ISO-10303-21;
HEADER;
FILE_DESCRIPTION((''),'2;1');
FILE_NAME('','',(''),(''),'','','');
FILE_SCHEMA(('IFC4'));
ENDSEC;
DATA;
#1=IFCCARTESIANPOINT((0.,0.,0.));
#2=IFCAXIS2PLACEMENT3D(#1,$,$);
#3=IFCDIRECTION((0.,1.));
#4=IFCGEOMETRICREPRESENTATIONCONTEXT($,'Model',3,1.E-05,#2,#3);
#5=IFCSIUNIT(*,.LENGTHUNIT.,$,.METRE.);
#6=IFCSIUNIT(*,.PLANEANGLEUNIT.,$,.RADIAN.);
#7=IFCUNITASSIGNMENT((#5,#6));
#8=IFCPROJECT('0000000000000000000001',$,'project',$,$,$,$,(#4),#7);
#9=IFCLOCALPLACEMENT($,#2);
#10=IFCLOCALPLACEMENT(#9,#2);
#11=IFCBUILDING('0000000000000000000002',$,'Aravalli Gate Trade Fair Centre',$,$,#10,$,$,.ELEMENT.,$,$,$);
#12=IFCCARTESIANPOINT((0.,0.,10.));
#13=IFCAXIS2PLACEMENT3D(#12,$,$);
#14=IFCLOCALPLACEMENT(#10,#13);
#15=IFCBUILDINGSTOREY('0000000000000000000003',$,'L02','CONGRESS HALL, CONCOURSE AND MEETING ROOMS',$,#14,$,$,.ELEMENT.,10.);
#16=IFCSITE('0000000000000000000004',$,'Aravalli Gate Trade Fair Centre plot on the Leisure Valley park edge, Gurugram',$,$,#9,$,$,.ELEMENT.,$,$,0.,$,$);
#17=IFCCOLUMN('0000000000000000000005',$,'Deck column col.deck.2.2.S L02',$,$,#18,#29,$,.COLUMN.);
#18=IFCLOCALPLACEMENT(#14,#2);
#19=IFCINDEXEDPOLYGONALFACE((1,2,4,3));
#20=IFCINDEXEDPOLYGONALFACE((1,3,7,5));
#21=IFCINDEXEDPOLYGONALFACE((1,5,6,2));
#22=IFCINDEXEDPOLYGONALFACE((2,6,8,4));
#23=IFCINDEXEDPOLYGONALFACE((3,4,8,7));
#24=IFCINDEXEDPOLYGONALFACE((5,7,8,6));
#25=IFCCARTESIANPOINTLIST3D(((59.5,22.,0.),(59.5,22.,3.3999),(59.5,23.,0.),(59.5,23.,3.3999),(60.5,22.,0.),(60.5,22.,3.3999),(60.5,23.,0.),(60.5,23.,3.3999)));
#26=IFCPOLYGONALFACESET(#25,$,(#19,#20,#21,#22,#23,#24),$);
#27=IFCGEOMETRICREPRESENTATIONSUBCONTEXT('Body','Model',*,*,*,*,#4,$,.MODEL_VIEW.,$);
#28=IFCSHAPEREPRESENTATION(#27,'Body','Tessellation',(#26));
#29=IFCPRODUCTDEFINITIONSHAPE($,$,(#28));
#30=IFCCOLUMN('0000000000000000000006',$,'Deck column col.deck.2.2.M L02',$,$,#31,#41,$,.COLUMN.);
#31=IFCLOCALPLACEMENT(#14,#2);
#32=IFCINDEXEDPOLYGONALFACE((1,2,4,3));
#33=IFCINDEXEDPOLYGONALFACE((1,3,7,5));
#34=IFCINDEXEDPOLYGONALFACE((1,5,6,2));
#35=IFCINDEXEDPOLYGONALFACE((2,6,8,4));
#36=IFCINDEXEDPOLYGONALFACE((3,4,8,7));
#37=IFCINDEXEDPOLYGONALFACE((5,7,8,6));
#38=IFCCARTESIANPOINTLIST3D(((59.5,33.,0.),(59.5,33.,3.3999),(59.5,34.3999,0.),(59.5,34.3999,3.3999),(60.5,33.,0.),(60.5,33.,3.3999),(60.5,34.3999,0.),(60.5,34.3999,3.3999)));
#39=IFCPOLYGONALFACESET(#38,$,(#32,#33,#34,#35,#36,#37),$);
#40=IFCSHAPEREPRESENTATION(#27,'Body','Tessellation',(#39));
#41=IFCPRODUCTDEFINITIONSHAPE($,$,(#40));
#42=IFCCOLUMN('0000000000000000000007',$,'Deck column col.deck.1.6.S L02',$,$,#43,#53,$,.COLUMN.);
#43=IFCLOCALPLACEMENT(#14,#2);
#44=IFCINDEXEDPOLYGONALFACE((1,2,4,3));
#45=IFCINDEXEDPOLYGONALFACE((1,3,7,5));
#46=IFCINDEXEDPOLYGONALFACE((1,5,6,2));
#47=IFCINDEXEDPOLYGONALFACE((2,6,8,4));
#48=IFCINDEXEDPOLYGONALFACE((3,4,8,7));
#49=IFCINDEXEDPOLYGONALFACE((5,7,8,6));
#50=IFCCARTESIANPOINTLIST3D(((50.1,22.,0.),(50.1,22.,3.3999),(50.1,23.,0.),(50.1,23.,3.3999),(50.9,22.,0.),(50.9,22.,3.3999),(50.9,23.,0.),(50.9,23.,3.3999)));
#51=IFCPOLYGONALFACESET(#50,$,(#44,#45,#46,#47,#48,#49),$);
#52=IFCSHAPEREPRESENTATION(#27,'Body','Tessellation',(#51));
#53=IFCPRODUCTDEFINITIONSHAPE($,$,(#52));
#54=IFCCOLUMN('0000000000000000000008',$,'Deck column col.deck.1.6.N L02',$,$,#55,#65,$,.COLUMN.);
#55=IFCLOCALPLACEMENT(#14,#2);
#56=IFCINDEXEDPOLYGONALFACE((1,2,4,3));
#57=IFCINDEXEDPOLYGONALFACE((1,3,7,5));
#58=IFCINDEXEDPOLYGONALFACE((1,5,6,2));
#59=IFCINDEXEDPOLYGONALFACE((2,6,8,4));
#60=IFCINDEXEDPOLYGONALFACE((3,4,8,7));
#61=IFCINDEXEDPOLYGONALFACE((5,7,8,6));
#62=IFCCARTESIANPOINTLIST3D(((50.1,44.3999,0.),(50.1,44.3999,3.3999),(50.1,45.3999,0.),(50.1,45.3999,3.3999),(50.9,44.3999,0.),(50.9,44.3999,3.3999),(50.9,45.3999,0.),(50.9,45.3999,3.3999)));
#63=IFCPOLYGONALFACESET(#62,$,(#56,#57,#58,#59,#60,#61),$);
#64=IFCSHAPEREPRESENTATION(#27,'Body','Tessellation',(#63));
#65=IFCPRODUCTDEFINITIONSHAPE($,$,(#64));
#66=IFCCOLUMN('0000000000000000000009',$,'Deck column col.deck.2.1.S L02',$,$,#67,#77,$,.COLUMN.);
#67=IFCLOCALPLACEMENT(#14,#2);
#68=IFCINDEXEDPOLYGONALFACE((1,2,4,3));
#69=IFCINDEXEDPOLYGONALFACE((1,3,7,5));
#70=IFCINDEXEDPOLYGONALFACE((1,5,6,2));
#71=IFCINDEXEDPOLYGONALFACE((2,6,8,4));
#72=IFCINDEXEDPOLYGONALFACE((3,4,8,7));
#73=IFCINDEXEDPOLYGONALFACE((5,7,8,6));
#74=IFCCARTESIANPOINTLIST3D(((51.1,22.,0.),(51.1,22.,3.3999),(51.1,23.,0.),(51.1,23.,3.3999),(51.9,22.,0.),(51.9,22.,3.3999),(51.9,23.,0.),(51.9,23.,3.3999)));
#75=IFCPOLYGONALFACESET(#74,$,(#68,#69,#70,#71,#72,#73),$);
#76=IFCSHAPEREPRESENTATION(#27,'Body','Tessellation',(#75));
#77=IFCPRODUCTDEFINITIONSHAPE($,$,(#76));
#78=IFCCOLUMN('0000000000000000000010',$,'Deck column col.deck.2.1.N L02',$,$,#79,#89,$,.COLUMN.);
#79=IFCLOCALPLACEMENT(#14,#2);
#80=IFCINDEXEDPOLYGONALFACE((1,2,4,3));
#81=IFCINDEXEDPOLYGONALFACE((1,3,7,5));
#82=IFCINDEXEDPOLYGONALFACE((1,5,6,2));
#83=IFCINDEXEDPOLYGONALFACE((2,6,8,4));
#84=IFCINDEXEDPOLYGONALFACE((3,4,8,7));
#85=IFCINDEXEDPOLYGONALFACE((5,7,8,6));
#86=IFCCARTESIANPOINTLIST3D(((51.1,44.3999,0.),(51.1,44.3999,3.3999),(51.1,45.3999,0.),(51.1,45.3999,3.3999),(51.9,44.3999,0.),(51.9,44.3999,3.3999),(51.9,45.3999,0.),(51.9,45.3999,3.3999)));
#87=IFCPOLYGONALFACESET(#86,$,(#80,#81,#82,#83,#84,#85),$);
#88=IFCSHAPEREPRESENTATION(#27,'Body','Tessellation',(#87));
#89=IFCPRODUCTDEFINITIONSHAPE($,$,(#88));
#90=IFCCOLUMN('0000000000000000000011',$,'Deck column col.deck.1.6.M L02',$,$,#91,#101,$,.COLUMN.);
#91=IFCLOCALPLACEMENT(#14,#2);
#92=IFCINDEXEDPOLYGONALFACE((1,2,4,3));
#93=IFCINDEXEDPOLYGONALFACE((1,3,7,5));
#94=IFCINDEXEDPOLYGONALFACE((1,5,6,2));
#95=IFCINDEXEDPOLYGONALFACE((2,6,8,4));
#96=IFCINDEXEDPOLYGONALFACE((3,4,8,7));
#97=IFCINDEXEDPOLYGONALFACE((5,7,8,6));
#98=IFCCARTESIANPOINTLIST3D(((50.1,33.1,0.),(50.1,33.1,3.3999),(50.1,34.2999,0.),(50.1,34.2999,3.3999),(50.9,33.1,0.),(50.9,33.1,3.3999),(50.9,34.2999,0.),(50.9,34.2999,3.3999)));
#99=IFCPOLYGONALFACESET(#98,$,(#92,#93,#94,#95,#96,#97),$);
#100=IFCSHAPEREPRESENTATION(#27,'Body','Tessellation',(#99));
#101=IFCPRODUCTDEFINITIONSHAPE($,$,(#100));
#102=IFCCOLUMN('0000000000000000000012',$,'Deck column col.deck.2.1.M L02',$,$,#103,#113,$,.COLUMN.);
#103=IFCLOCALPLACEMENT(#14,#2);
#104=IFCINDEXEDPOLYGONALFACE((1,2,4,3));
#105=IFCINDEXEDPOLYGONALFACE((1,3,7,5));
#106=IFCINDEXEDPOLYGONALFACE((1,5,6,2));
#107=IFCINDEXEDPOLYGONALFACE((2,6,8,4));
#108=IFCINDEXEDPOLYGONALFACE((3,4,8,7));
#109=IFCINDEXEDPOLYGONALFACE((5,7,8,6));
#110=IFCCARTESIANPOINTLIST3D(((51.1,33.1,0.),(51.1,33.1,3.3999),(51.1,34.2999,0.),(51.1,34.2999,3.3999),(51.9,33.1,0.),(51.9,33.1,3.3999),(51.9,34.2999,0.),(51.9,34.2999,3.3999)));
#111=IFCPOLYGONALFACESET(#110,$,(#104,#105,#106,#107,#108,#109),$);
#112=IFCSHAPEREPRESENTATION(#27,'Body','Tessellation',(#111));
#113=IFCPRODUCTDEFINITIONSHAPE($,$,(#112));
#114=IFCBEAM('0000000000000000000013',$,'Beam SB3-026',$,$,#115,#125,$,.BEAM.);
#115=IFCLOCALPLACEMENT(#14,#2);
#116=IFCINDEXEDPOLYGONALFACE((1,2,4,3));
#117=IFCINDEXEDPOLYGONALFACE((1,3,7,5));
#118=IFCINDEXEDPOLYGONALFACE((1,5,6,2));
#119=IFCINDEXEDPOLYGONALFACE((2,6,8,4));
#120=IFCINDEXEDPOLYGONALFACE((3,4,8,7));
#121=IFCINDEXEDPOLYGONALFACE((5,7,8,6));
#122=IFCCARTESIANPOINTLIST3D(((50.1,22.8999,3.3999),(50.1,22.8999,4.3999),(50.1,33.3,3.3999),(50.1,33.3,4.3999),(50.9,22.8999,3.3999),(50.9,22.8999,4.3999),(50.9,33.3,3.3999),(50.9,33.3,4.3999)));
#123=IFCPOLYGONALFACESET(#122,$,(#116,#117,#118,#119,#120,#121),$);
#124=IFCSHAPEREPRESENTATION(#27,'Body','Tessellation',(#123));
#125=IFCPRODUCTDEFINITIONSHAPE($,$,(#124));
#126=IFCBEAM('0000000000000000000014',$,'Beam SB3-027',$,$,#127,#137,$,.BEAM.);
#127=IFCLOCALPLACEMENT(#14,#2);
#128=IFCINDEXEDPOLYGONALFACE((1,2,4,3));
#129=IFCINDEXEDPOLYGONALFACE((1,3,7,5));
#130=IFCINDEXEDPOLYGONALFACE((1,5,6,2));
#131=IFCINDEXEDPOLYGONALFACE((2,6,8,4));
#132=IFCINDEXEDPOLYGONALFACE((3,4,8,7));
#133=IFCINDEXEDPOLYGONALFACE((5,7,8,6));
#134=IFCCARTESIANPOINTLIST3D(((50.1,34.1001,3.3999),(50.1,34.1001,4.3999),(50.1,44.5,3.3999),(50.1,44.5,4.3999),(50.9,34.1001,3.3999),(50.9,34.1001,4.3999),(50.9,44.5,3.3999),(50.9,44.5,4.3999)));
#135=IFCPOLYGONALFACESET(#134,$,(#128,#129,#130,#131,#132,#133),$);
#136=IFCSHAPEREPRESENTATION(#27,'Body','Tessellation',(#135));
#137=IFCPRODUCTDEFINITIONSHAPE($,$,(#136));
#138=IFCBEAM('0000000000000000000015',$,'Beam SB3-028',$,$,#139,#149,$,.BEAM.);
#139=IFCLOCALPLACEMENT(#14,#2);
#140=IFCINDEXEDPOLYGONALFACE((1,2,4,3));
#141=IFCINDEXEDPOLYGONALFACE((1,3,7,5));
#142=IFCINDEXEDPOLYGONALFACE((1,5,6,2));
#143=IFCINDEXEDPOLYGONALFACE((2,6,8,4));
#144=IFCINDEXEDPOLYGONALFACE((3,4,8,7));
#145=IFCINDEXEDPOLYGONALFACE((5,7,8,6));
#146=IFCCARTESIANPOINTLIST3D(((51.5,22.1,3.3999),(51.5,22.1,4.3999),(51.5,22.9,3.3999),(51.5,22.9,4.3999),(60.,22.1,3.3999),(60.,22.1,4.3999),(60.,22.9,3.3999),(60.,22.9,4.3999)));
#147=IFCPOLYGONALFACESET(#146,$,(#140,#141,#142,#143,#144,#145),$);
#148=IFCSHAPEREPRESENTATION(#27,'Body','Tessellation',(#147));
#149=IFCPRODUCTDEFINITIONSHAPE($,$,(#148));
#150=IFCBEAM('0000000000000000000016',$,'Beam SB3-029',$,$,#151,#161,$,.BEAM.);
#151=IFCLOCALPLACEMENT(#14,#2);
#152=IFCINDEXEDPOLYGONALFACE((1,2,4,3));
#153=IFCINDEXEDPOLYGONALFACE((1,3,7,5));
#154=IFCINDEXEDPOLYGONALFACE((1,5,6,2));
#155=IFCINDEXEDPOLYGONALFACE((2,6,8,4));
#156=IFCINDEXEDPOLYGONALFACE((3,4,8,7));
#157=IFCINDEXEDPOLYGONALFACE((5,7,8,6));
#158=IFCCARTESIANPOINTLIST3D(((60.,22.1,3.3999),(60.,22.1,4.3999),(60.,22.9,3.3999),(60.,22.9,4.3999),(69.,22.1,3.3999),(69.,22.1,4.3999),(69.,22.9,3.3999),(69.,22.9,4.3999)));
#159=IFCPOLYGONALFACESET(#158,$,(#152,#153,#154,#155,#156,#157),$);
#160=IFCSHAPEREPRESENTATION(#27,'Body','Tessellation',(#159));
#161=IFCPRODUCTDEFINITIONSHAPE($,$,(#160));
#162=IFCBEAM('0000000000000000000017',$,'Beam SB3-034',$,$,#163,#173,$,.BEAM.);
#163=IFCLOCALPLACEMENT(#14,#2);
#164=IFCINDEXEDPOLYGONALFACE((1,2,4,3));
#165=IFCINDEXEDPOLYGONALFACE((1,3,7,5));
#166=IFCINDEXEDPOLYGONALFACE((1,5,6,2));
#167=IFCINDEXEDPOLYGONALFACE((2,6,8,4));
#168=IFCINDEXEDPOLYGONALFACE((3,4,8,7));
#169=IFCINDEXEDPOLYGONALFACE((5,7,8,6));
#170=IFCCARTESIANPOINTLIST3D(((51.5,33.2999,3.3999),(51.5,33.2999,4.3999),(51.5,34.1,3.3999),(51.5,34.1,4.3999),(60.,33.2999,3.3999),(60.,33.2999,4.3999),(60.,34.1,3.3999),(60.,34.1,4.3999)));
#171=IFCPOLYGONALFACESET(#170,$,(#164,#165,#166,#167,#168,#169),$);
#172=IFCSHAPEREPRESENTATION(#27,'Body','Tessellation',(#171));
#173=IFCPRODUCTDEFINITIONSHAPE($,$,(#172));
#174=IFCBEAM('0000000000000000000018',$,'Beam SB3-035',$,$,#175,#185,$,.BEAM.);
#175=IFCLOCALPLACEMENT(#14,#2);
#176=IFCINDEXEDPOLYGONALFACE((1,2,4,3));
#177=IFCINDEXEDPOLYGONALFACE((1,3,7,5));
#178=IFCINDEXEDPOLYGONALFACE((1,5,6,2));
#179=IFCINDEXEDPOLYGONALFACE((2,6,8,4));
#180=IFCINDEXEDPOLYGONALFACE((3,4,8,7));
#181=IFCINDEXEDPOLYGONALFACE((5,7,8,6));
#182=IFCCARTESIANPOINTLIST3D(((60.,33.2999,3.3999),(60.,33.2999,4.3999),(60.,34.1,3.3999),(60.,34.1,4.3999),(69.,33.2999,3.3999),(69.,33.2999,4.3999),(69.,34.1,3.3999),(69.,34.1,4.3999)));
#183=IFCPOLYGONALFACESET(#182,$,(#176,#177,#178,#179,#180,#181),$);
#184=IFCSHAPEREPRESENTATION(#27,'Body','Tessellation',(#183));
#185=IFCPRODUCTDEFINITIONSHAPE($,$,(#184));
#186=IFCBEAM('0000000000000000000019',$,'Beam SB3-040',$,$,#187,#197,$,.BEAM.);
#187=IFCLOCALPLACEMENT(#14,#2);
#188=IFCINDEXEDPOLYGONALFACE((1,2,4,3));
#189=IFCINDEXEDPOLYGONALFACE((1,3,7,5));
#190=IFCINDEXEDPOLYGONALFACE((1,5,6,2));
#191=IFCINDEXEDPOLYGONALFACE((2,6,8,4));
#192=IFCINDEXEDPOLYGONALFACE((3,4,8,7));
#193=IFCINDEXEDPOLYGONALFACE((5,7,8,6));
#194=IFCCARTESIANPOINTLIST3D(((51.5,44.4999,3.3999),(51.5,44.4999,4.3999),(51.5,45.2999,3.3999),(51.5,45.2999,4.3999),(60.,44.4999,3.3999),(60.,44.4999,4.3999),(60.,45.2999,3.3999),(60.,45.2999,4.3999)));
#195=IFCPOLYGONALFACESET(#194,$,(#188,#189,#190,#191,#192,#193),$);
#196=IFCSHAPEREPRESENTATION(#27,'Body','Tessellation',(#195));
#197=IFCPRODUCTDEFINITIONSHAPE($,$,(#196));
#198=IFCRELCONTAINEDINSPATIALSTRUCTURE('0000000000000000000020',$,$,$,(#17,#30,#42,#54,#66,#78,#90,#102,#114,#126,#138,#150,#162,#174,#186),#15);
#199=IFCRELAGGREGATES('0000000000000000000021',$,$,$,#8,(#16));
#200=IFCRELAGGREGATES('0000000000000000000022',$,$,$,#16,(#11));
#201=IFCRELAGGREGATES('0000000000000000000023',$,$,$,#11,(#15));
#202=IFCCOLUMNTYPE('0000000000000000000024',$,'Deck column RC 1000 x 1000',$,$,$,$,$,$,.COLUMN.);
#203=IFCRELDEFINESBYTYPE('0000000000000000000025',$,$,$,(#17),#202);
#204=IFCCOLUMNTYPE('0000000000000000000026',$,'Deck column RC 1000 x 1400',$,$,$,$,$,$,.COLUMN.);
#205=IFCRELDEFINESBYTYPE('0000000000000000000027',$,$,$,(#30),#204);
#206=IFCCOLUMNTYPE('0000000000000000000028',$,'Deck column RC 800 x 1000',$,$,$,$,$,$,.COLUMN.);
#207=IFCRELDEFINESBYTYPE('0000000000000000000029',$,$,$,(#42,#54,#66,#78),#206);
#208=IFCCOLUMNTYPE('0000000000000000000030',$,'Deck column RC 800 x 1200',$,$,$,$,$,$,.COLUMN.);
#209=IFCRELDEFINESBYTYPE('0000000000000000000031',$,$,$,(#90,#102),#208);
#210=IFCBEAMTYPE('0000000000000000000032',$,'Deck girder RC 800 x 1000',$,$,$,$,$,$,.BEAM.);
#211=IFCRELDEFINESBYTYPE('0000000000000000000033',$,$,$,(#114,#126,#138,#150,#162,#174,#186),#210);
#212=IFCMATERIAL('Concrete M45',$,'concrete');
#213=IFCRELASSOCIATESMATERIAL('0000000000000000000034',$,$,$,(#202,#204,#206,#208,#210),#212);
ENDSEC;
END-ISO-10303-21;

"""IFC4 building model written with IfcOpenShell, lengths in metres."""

from ifc_helpers import new_model, si_unit, direction, frame, origin, origin_2d, place, context, subcontext, project, spatial, rectangle, extrude, material, material_profile, profile_set, type_object, element, save


model = new_model("IFC4")

# Units and contexts
model_context = context("Model", 3, precision=1e-05, world=origin(), true_north=direction((0.0, 1.0)))
body_context = subcontext(model_context, "Body", "Model", "MODEL_VIEW")
ifc_project = project(units=[si_unit("LENGTHUNIT", "METRE"), si_unit("PLANEANGLEUNIT", "RADIAN")], contexts=[model_context])

# Site, building, storey
site_placement = place(None, origin())
site = spatial("IfcSite", under=ifc_project, at=site_placement, Name="Aravalli Gate Trade Fair Centre plot on the Leisure Valley park edge, Gurugram", CompositionType="ELEMENT", RefElevation=0.0)
building_placement = place(site_placement, origin())
building = spatial("IfcBuilding", under=site, at=building_placement, Name="Aravalli Gate Trade Fair Centre", CompositionType="ELEMENT")
storey_placement = place(building_placement, frame((0.0, 0.0, 10.0)))
storey = spatial("IfcBuildingStorey", under=building, at=storey_placement, Name="L02", Description="CONGRESS HALL, CONCOURSE AND MEETING ROOMS", CompositionType="ELEMENT", Elevation=10.0)

# Columns
ifc_material = material(Name="Concrete M45", Category="concrete")
ifc_material_profile_1 = material_profile(ifc_material, rectangle(XDim=1.0, YDim=1.0, at=origin_2d()), Name="Deck column RC 1000 x 1000")
ifc_profile_set_1 = profile_set([ifc_material_profile_1], Name="Concrete M45")
column_type_1 = type_object("IfcColumnType", Name="Deck column RC 1000 x 1000", PredefinedType="COLUMN", material=ifc_profile_set_1)
column_1_placement = place(storey_placement, frame((60.0, 22.5, 0.0), z_axis=(0.0, 0.0, 1.0), x_axis=(1.0, 0.0, 0.0)))
element("IfcColumn", 1, at=column_1_placement, inside=storey, type_object=column_type_1, Name="Deck column col.deck.2.2.S L02", PredefinedType="COLUMN", context=body_context, shape_type="SweptSolid", body=[
    extrude(rectangle(XDim=1.0, YDim=1.0, at=origin_2d()), origin(), (0.0, 0.0, 1.0), 3.3999),
])
ifc_material_profile_2 = material_profile(ifc_material, rectangle(XDim=1.0, YDim=1.3999, at=origin_2d()), Name="Deck column RC 1000 x 1400")
ifc_profile_set_2 = profile_set([ifc_material_profile_2], Name="Concrete M45")
column_type_2 = type_object("IfcColumnType", Name="Deck column RC 1000 x 1400", PredefinedType="COLUMN", material=ifc_profile_set_2)
column_2_placement = place(storey_placement, frame((60.0, 33.7, 0.0), z_axis=(0.0, 0.0, 1.0), x_axis=(1.0, 0.0, 0.0)))
element("IfcColumn", 2, at=column_2_placement, inside=storey, type_object=column_type_2, Name="Deck column col.deck.2.2.M L02", PredefinedType="COLUMN", context=body_context, shape_type="SweptSolid", body=[
    extrude(rectangle(XDim=1.0, YDim=1.3999, at=origin_2d()), origin(), (0.0, 0.0, 1.0), 3.3999),
])
ifc_material_profile_3 = material_profile(ifc_material, rectangle(XDim=0.8, YDim=1.0, at=origin_2d()), Name="Deck column RC 800 x 1000")
ifc_profile_set_3 = profile_set([ifc_material_profile_3], Name="Concrete M45")
column_type_3 = type_object("IfcColumnType", Name="Deck column RC 800 x 1000", PredefinedType="COLUMN", material=ifc_profile_set_3)
for number, where, z_axis, x_axis, name in (
    (3, (50.5, 22.5, 0.0), (0.0, 0.0, 1.0), (1.0, 0.0, 0.0), "Deck column col.deck.1.6.S L02"),
    (4, (50.5, 44.8999, 0.0), (0.0, 0.0, 1.0), (1.0, 0.0, 0.0), "Deck column col.deck.1.6.N L02"),
    (5, (51.5, 22.5, 0.0), (0.0, 0.0, 1.0), (1.0, 0.0, 0.0), "Deck column col.deck.2.1.S L02"),
    (6, (51.5, 44.8999, 0.0), (0.0, 0.0, 1.0), (1.0, 0.0, 0.0), "Deck column col.deck.2.1.N L02"),
):
    element("IfcColumn", number, at=place(storey_placement, frame(where, z_axis=z_axis, x_axis=x_axis)), inside=storey, type_object=column_type_3, Name=name, PredefinedType="COLUMN", context=body_context, shape_type="SweptSolid", body=[
        extrude(rectangle(XDim=0.8, YDim=1.0, at=origin_2d()), origin(), (0.0, 0.0, 1.0), 3.3999),
    ])
ifc_material_profile_4 = material_profile(ifc_material, rectangle(XDim=0.8, YDim=1.2, at=origin_2d()), Name="Deck column RC 800 x 1200")
ifc_profile_set_4 = profile_set([ifc_material_profile_4], Name="Concrete M45")
column_type_4 = type_object("IfcColumnType", Name="Deck column RC 800 x 1200", PredefinedType="COLUMN", material=ifc_profile_set_4)
for number, where, z_axis, x_axis, name in (
    (7, (50.5, 33.7, 0.0), (0.0, 0.0, 1.0), (1.0, 0.0, 0.0), "Deck column col.deck.1.6.M L02"),
    (8, (51.5, 33.7, 0.0), (0.0, 0.0, 1.0), (1.0, 0.0, 0.0), "Deck column col.deck.2.1.M L02"),
):
    element("IfcColumn", number, at=place(storey_placement, frame(where, z_axis=z_axis, x_axis=x_axis)), inside=storey, type_object=column_type_4, Name=name, PredefinedType="COLUMN", context=body_context, shape_type="SweptSolid", body=[
        extrude(rectangle(XDim=0.8, YDim=1.2, at=origin_2d()), origin(), (0.0, 0.0, 1.0), 3.3999),
    ])

# Beams
ifc_material_profile_5 = material_profile(ifc_material, rectangle(XDim=0.8, YDim=1.0, at=origin_2d()), Name="Deck girder RC 800 x 1000")
ifc_profile_set_5 = profile_set([ifc_material_profile_5], Name="Concrete M45")
beam_type_1 = type_object("IfcBeamType", Name="Deck girder RC 800 x 1000", PredefinedType="BEAM", material=ifc_profile_set_5)
beam_1_placement = place(storey_placement, frame((50.5, 22.8999, 3.8999), z_axis=(0.0, 1.0, 0.0), x_axis=(-1.0, 0.0, 0.0)))
element("IfcBeam", 9, at=beam_1_placement, inside=storey, type_object=beam_type_1, Name="Beam SB3-026", PredefinedType="BEAM", context=body_context, shape_type="SweptSolid", body=[
    extrude(rectangle(XDim=0.8, YDim=1.0, at=origin_2d()), origin(), (0.0, 0.0, 1.0), 10.4001),
])
beam_2_placement = place(storey_placement, frame((50.5, 34.1001, 3.8999), z_axis=(0.0, 1.0, 0.0), x_axis=(-1.0, 0.0, 0.0)))
element("IfcBeam", 10, at=beam_2_placement, inside=storey, type_object=beam_type_1, Name="Beam SB3-027", PredefinedType="BEAM", context=body_context, shape_type="SweptSolid", body=[
    extrude(rectangle(XDim=0.8, YDim=1.0, at=origin_2d()), origin(), (0.0, 0.0, 1.0), 10.3999),
])
beam_3_placement = place(storey_placement, frame((51.5, 22.5, 3.8999), z_axis=(1.0, 0.0, 0.0), x_axis=(0.0, 1.0, 0.0)))
element("IfcBeam", 11, at=beam_3_placement, inside=storey, type_object=beam_type_1, Name="Beam SB3-028", PredefinedType="BEAM", context=body_context, shape_type="SweptSolid", body=[
    extrude(rectangle(XDim=0.8, YDim=1.0, at=origin_2d()), origin(), (0.0, 0.0, 1.0), 8.5),
])
beam_4_placement = place(storey_placement, frame((60.0, 22.5, 3.8999), z_axis=(1.0, 0.0, 0.0), x_axis=(0.0, 1.0, 0.0)))
element("IfcBeam", 12, at=beam_4_placement, inside=storey, type_object=beam_type_1, Name="Beam SB3-029", PredefinedType="BEAM", context=body_context, shape_type="SweptSolid", body=[
    extrude(rectangle(XDim=0.8, YDim=1.0, at=origin_2d()), origin(), (0.0, 0.0, 1.0), 9.0),
])
beam_5_placement = place(storey_placement, frame((51.5, 33.7, 3.8999), z_axis=(1.0, 0.0, 0.0), x_axis=(0.0, 1.0, 0.0)))
element("IfcBeam", 13, at=beam_5_placement, inside=storey, type_object=beam_type_1, Name="Beam SB3-034", PredefinedType="BEAM", context=body_context, shape_type="SweptSolid", body=[
    extrude(rectangle(XDim=0.8, YDim=1.0, at=origin_2d()), origin(), (0.0, 0.0, 1.0), 8.5),
])
beam_6_placement = place(storey_placement, frame((60.0, 33.7, 3.8999), z_axis=(1.0, 0.0, 0.0), x_axis=(0.0, 1.0, 0.0)))
element("IfcBeam", 14, at=beam_6_placement, inside=storey, type_object=beam_type_1, Name="Beam SB3-035", PredefinedType="BEAM", context=body_context, shape_type="SweptSolid", body=[
    extrude(rectangle(XDim=0.8, YDim=1.0, at=origin_2d()), origin(), (0.0, 0.0, 1.0), 9.0),
])
beam_7_placement = place(storey_placement, frame((51.5, 44.8999, 3.8999), z_axis=(1.0, 0.0, 0.0), x_axis=(0.0, 1.0, 0.0)))
element("IfcBeam", 15, at=beam_7_placement, inside=storey, type_object=beam_type_1, Name="Beam SB3-040", PredefinedType="BEAM", context=body_context, shape_type="SweptSolid", body=[
    extrude(rectangle(XDim=0.8, YDim=1.0, at=origin_2d()), origin(), (0.0, 0.0, 1.0), 8.5),
])

save(model, "model.ifc")
